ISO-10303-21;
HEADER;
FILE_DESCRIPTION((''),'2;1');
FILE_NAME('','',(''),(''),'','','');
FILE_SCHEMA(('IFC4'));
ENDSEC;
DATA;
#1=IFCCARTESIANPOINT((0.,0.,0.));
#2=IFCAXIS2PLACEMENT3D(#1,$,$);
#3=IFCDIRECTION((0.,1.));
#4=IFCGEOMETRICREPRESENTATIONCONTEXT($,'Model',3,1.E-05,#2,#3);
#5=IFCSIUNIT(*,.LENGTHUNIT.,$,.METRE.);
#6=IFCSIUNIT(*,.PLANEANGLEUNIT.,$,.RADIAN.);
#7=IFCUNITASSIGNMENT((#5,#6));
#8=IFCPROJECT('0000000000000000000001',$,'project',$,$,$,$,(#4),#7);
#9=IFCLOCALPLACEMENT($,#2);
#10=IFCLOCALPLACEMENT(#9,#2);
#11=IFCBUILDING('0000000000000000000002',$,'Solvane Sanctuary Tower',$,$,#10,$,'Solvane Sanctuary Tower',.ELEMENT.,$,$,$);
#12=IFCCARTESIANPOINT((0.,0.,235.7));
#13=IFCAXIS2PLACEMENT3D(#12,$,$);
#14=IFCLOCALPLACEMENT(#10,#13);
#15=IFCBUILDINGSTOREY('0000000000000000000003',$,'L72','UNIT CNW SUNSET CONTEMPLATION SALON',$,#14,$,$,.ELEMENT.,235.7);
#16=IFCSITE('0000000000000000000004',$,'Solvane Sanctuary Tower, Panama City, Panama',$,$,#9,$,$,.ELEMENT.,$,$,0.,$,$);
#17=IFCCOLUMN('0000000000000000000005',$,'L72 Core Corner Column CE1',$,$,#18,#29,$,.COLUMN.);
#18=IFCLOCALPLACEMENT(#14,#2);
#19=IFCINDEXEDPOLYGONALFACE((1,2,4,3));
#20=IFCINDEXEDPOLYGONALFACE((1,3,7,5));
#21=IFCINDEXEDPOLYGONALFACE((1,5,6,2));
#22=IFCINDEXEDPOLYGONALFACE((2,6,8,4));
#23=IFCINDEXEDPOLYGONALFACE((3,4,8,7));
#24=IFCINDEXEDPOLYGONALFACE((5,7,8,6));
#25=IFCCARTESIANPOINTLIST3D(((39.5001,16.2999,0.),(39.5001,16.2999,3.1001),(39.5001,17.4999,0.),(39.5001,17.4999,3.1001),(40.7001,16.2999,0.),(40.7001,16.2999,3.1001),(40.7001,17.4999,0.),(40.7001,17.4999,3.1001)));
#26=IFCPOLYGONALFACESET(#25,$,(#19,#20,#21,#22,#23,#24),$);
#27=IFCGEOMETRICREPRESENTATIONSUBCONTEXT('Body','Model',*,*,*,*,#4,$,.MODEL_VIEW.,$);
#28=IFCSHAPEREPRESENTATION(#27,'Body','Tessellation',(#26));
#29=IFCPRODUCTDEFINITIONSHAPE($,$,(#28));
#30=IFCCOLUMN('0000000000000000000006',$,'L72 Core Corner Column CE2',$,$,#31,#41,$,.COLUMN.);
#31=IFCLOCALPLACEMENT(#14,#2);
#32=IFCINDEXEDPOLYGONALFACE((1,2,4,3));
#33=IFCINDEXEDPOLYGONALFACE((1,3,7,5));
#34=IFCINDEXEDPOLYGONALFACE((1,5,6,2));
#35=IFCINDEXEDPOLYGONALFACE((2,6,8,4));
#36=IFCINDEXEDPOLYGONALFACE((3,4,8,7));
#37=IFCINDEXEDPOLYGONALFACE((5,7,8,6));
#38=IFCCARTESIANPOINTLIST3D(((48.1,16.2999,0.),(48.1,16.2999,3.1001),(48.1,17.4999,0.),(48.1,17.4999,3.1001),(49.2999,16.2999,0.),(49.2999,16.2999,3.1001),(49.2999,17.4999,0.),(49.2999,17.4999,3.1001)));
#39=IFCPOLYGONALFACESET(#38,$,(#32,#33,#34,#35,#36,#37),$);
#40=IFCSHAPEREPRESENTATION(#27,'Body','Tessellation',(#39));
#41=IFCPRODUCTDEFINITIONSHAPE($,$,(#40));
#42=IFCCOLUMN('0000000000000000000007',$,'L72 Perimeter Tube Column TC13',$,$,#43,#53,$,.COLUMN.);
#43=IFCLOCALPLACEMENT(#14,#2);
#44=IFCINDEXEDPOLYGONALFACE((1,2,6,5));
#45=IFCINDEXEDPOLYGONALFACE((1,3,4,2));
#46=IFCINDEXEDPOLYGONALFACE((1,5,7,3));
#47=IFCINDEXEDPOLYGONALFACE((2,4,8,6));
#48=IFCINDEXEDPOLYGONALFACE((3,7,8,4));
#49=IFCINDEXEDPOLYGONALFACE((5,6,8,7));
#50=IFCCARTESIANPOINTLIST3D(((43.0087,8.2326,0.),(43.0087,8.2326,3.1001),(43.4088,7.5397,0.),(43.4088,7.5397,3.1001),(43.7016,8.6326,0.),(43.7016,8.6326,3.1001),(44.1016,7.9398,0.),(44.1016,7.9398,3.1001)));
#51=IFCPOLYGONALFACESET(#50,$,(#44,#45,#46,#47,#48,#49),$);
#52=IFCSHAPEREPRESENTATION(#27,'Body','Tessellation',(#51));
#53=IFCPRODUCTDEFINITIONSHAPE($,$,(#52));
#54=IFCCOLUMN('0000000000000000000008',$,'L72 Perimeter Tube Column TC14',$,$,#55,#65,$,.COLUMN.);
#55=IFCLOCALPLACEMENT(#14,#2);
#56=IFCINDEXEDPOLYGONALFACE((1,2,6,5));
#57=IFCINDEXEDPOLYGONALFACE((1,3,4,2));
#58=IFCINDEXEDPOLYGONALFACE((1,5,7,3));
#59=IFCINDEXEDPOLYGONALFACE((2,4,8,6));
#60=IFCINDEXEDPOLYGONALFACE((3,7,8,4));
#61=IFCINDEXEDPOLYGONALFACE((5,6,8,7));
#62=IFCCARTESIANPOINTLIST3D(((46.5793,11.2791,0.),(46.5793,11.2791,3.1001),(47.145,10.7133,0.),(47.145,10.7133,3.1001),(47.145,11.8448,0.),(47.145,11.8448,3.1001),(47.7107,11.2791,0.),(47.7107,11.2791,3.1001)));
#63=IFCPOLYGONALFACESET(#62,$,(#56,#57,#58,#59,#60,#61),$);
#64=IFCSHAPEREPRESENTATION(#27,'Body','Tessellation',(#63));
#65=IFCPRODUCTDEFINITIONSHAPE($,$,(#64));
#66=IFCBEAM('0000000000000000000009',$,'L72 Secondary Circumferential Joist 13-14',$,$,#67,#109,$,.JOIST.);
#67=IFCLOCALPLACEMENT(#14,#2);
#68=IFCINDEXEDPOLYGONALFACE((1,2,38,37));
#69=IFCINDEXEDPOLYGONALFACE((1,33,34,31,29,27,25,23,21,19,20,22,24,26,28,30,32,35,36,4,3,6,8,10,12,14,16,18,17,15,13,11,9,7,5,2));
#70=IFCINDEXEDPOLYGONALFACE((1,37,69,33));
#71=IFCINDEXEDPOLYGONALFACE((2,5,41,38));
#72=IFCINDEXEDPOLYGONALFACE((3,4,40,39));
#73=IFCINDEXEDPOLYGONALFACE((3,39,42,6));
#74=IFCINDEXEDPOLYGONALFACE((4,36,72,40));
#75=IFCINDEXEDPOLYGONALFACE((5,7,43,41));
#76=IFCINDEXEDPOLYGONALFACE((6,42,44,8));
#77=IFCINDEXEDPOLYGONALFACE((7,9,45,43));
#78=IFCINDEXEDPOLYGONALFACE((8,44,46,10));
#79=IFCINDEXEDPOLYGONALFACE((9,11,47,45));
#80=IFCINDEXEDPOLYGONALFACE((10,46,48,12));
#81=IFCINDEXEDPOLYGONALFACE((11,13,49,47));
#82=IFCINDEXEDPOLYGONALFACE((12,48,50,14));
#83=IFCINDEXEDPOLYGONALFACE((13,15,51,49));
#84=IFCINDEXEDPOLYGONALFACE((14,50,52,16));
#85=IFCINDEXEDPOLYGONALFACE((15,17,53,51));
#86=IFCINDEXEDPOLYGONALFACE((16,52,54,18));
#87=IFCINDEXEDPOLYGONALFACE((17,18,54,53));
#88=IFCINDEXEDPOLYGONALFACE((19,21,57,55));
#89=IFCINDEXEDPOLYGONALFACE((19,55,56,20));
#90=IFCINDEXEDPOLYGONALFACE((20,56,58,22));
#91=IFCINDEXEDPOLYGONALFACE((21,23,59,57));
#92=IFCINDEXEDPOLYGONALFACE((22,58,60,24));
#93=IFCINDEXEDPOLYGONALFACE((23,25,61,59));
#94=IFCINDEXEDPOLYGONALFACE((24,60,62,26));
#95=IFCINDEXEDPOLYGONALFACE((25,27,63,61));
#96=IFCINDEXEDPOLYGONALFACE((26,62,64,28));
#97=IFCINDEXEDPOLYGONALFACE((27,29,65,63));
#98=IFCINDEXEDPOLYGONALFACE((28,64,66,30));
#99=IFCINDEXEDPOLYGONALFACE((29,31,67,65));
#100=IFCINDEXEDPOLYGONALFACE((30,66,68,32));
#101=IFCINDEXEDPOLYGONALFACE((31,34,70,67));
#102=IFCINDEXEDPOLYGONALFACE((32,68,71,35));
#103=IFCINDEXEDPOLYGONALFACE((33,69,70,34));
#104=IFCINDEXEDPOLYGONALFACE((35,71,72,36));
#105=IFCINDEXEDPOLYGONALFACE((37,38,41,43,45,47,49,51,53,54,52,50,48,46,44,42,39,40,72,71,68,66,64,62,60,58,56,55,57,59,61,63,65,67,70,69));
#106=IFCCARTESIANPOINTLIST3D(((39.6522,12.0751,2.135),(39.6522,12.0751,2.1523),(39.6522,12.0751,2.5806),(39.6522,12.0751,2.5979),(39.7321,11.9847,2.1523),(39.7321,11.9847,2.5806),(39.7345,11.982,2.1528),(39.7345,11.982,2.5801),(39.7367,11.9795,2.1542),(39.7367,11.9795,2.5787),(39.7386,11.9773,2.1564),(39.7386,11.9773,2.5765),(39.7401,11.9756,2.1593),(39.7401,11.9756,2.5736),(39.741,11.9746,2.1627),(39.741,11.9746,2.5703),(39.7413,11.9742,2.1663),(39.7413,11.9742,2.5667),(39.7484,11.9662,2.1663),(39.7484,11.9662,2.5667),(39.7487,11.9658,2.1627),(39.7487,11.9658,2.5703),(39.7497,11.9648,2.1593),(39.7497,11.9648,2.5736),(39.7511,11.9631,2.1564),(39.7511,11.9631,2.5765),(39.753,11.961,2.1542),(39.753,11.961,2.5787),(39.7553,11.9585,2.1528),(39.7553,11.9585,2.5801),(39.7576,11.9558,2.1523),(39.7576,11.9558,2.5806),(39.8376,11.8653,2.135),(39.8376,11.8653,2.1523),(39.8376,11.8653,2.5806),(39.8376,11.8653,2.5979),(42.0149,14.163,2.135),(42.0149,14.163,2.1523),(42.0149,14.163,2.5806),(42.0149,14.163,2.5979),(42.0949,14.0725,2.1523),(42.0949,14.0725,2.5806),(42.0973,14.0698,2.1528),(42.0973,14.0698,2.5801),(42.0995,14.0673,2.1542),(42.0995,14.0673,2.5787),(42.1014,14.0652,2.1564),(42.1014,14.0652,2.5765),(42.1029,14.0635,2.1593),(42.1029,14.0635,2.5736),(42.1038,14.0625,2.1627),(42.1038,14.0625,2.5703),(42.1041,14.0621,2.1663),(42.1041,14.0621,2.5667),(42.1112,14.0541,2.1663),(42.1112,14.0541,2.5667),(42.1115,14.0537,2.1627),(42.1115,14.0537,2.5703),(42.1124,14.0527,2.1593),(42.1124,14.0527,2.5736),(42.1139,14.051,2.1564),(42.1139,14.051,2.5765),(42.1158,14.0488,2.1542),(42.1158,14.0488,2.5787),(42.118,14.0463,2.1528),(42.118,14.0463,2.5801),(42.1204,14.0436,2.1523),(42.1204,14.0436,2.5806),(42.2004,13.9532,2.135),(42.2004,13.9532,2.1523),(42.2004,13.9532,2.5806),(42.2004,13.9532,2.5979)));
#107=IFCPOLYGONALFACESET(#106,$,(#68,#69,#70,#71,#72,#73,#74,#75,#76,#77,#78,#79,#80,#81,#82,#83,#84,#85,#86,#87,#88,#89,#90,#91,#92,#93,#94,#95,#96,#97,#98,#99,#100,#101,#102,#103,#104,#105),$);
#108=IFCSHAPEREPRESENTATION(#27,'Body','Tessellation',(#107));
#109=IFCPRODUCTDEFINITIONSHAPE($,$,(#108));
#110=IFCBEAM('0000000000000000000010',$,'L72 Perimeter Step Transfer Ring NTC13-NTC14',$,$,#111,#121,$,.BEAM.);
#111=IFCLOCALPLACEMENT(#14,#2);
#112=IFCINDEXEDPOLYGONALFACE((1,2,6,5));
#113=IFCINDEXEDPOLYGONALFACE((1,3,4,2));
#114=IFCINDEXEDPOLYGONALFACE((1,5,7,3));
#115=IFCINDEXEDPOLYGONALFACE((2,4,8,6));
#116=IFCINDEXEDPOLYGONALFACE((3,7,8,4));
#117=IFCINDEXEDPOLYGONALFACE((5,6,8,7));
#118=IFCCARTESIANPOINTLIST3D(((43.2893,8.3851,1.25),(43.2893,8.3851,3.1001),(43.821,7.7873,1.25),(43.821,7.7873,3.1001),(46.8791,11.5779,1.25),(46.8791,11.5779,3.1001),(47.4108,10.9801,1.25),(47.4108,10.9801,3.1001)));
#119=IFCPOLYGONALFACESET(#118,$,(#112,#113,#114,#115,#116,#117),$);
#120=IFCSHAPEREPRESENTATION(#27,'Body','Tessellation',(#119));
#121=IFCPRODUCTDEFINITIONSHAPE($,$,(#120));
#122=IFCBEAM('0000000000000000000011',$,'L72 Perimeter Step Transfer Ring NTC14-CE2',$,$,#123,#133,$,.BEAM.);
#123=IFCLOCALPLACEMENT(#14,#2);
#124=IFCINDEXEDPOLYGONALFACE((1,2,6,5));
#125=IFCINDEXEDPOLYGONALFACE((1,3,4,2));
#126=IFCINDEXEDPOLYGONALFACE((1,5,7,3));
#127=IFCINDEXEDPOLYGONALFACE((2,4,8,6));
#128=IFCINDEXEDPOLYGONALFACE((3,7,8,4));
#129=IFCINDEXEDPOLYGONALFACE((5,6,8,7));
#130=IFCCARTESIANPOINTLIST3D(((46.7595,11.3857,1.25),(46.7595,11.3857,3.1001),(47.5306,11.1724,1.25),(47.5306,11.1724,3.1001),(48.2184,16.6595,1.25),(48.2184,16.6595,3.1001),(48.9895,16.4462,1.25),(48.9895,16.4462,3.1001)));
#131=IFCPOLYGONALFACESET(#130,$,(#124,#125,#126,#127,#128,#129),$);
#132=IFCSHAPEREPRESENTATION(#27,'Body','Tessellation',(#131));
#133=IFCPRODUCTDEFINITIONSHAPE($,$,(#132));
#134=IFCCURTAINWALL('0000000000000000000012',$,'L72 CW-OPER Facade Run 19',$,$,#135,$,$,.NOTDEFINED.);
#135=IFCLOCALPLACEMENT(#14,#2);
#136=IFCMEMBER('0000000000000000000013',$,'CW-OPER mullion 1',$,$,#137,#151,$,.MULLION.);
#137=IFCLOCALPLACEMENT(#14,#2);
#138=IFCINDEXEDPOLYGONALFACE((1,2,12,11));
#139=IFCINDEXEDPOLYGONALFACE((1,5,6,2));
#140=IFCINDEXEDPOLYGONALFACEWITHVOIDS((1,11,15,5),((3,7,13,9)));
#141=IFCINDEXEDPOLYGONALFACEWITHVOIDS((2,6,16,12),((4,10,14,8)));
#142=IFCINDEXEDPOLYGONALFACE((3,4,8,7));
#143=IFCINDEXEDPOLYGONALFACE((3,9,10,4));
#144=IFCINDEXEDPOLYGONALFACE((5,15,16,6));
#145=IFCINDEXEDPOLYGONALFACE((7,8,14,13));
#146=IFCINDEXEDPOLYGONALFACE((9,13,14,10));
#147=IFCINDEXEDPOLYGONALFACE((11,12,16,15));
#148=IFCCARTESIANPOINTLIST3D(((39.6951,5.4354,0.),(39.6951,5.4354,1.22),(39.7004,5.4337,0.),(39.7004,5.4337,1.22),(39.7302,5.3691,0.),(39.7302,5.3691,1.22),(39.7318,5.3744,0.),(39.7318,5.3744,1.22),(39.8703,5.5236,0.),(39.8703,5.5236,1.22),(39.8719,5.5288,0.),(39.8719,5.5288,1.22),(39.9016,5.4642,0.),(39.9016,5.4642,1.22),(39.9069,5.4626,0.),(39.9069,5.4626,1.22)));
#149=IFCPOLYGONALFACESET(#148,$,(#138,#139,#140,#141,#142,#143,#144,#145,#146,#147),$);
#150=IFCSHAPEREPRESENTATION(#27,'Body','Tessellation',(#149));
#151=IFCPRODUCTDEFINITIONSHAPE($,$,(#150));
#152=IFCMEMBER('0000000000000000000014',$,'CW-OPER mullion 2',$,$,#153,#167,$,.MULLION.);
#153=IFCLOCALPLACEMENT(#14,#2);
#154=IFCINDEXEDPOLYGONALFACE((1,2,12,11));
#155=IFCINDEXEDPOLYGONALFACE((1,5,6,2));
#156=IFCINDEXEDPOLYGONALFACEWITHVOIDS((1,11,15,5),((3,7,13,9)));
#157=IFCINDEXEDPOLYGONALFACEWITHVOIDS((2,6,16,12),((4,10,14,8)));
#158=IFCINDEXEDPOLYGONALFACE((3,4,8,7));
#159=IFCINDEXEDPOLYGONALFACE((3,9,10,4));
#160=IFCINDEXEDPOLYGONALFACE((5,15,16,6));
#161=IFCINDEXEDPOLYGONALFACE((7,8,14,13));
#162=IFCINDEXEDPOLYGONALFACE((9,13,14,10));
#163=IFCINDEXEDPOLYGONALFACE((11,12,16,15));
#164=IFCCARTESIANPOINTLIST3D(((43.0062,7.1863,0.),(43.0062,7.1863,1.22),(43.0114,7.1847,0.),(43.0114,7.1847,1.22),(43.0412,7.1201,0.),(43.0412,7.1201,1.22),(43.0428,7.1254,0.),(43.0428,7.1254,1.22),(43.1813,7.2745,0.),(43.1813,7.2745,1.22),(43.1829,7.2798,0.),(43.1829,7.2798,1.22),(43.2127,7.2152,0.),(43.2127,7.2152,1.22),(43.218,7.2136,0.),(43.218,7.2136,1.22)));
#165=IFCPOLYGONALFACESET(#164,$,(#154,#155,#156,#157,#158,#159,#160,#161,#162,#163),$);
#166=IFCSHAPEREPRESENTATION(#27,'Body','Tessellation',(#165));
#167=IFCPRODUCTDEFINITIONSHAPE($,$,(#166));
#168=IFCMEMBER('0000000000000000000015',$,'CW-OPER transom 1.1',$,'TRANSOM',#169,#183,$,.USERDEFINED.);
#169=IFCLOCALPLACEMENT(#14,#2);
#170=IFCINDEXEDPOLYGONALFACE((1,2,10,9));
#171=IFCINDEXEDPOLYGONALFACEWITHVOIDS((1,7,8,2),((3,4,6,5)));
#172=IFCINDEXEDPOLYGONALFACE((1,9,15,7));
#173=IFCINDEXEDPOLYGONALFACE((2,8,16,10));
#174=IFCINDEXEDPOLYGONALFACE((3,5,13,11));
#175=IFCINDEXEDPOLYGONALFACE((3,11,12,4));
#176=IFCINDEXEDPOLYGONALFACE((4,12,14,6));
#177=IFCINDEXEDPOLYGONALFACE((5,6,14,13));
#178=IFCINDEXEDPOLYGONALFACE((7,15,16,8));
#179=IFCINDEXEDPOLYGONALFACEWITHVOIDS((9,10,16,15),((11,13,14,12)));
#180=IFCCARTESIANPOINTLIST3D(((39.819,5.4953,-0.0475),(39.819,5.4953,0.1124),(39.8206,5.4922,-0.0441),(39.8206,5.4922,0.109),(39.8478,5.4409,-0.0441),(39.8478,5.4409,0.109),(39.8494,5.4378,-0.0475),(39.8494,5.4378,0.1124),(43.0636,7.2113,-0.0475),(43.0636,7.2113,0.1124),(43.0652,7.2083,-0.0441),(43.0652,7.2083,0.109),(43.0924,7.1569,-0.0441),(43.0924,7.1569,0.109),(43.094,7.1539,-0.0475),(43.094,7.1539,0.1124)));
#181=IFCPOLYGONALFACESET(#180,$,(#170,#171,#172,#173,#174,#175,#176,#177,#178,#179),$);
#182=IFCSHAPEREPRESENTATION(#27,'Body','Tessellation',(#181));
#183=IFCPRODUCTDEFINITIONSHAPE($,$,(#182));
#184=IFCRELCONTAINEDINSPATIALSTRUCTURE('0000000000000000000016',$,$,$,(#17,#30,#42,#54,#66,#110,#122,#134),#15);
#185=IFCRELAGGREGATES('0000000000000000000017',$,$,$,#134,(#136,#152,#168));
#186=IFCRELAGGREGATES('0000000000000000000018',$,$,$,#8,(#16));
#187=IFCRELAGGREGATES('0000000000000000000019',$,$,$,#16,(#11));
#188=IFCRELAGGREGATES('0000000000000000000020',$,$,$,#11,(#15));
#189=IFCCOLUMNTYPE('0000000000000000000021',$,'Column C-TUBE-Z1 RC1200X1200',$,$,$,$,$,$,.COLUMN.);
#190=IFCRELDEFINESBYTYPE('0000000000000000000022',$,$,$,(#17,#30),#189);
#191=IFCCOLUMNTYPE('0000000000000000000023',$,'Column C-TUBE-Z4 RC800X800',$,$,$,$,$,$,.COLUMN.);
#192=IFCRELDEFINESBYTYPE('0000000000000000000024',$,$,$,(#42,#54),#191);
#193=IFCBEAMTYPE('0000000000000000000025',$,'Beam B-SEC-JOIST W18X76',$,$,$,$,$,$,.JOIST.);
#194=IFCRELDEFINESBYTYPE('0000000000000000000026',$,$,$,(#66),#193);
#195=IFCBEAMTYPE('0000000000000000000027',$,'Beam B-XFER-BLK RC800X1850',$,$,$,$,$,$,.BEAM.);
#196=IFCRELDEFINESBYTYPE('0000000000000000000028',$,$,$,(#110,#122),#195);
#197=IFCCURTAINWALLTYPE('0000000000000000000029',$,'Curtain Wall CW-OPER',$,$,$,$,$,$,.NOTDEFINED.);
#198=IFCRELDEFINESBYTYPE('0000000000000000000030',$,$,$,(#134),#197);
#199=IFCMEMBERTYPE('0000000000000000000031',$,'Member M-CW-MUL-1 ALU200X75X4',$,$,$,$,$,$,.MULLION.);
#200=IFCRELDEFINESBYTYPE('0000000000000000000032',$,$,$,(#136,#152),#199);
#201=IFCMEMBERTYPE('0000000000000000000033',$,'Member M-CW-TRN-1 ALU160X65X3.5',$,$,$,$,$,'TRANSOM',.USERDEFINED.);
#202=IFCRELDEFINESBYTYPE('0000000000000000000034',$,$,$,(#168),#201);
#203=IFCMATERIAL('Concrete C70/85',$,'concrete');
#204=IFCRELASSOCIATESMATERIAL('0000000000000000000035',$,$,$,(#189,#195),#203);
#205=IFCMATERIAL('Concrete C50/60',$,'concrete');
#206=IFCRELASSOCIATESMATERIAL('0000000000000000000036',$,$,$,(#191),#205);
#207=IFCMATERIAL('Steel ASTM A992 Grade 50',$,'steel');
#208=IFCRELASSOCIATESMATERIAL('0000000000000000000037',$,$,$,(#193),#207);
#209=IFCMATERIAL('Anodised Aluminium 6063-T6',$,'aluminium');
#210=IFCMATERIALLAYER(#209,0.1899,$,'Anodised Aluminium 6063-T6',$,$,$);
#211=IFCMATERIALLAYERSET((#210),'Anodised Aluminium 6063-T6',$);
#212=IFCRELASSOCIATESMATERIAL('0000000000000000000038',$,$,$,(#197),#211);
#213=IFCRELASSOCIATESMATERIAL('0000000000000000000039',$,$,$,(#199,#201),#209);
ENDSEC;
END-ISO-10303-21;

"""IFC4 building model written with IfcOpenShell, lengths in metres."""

from ifc_helpers import new_model, si_unit, direction, frame, origin, origin_2d, place, context, subcontext, project, spatial, rectangle, hollow_rectangle, i_section, extrude, material, layer, layer_set, material_profile, profile_set, type_object, element, aggregate, save


model = new_model("IFC4")

# Units and contexts
model_context = context("Model", 3, precision=1e-05, world=origin(), true_north=direction((0.0, 1.0)))
body_context = subcontext(model_context, "Body", "Model", "MODEL_VIEW")
ifc_project = project(units=[si_unit("LENGTHUNIT", "METRE"), si_unit("PLANEANGLEUNIT", "RADIAN")], contexts=[model_context])

# Site, building, storey
site_placement = place(None, origin())
site = spatial("IfcSite", under=ifc_project, at=site_placement, Name="Solvane Sanctuary Tower, Panama City, Panama", CompositionType="ELEMENT", RefElevation=0.0)
building_placement = place(site_placement, origin())
building = spatial("IfcBuilding", under=site, at=building_placement, Name="Solvane Sanctuary Tower", LongName="Solvane Sanctuary Tower", CompositionType="ELEMENT")
storey_placement = place(building_placement, frame((0.0, 0.0, 235.7)))
storey = spatial("IfcBuildingStorey", under=building, at=storey_placement, Name="L72", Description="UNIT CNW SUNSET CONTEMPLATION SALON", CompositionType="ELEMENT", Elevation=235.7)

# Columns
ifc_material_1 = material(Name="Concrete C70/85", Category="concrete")
ifc_material_profile_1 = material_profile(ifc_material_1, rectangle(XDim=1.2, YDim=1.2, at=origin_2d()), Name="RC1200X1200")
ifc_profile_set_1 = profile_set([ifc_material_profile_1], Name="Concrete C70/85")
column_type_1 = type_object("IfcColumnType", Name="Column C-TUBE-Z1 RC1200X1200", PredefinedType="COLUMN", material=ifc_profile_set_1)
for number, where, z_axis, x_axis, name in (
    (1, (40.1001, 16.8999, 0.0), (0.0, 0.0, 1.0), (1.0, 0.0, 0.0), "L72 Core Corner Column CE1"),
    (2, (48.7, 16.8999, 0.0), (0.0, 0.0, 1.0), (1.0, 0.0, 0.0), "L72 Core Corner Column CE2"),
):
    element("IfcColumn", number, at=place(storey_placement, frame(where, z_axis=z_axis, x_axis=x_axis)), inside=storey, type_object=column_type_1, Name=name, PredefinedType="COLUMN", context=body_context, shape_type="SweptSolid", body=[
        extrude(rectangle(XDim=1.2, YDim=1.2, at=origin_2d()), origin(), (0.0, 0.0, 1.0), 3.1001),
    ])
ifc_material_2 = material(Name="Concrete C50/60", Category="concrete")
ifc_material_profile_2 = material_profile(ifc_material_2, rectangle(XDim=0.8, YDim=0.8, at=origin_2d()), Name="RC800X800")
ifc_profile_set_2 = profile_set([ifc_material_profile_2], Name="Concrete C50/60")
column_type_2 = type_object("IfcColumnType", Name="Column C-TUBE-Z4 RC800X800", PredefinedType="COLUMN", material=ifc_profile_set_2)
for number, where, z_axis, x_axis, name in (
    (3, (43.5552, 8.0862, 0.0), (0.0, 0.0, 1.0), (0.5, -0.866025, 0.0), "L72 Perimeter Tube Column TC13"),
    (4, (47.145, 11.2791, 0.0), (0.0, 0.0, 1.0), (0.707107, -0.707107, 0.0), "L72 Perimeter Tube Column TC14"),
):
    element("IfcColumn", number, at=place(storey_placement, frame(where, z_axis=z_axis, x_axis=x_axis)), inside=storey, type_object=column_type_2, Name=name, PredefinedType="COLUMN", context=body_context, shape_type="SweptSolid", body=[
        extrude(rectangle(XDim=0.8, YDim=0.8, at=origin_2d()), origin(), (0.0, 0.0, 1.0), 3.1001),
    ])

# Beams
ifc_material_3 = material(Name="Steel ASTM A992 Grade 50", Category="steel")
ifc_material_profile_3 = material_profile(ifc_material_3, i_section(OverallWidth=0.28, OverallDepth=0.4629, WebThickness=0.0107, FlangeThickness=0.0173, FilletRadius=0.0139, at=origin_2d()), Name="W18X76")
ifc_profile_set_3 = profile_set([ifc_material_profile_3], Name="Steel ASTM A992 Grade 50")
beam_type_1 = type_object("IfcBeamType", Name="Beam B-SEC-JOIST W18X76", PredefinedType="JOIST", material=ifc_profile_set_3)
beam_1_placement = place(storey_placement, frame((39.7449, 11.9702, 2.3665), z_axis=(0.749354, 0.662169, 0.0), x_axis=(-0.662169, 0.749354, 0.0)))
element("IfcBeam", 5, at=beam_1_placement, inside=storey, type_object=beam_type_1, Name="L72 Secondary Circumferential Joist 13-14", PredefinedType="JOIST", context=body_context, shape_type="SweptSolid", body=[
    extrude(i_section(OverallWidth=0.28, OverallDepth=0.4629, WebThickness=0.0107, FlangeThickness=0.0173, FilletRadius=0.0139, at=origin_2d()), origin(), (0.0, 0.0, 1.0), 3.1531),
])
ifc_material_profile_4 = material_profile(ifc_material_1, rectangle(XDim=0.8, YDim=1.8501, at=origin_2d()), Name="RC800X1850")
ifc_profile_set_4 = profile_set([ifc_material_profile_4], Name="Concrete C70/85")
beam_type_2 = type_object("IfcBeamType", Name="Beam B-XFER-BLK RC800X1850", PredefinedType="BEAM", material=ifc_profile_set_4)
beam_2_placement = place(storey_placement, frame((43.5552, 8.0862, 2.175), z_axis=(0.747213, 0.664585, 0.0), x_axis=(-0.664585, 0.747213, 0.0)))
element("IfcBeam", 6, at=beam_2_placement, inside=storey, type_object=beam_type_2, Name="L72 Perimeter Step Transfer Ring NTC13-NTC14", PredefinedType="BEAM", context=body_context, shape_type="SweptSolid", body=[
    extrude(rectangle(XDim=0.8, YDim=1.8501, at=origin_2d()), origin(), (0.0, 0.0, 1.0), 4.8042),
])
beam_3_placement = place(storey_placement, frame((47.145, 11.2791, 2.175), z_axis=(0.266627, 0.9638, 0.0), x_axis=(-0.9638, 0.266627, 0.0)))
element("IfcBeam", 7, at=beam_3_placement, inside=storey, type_object=beam_type_2, Name="L72 Perimeter Step Transfer Ring NTC14-CE2", PredefinedType="BEAM", context=body_context, shape_type="SweptSolid", body=[
    extrude(rectangle(XDim=0.8, YDim=1.8501, at=origin_2d()), origin(), (0.0, 0.0, 1.0), 5.4719),
])

# Curtain wall, members
ifc_material_4 = material(Name="Anodised Aluminium 6063-T6", Category="aluminium")
ifc_layer_1 = layer(ifc_material_4, 0.1899, Name="Anodised Aluminium 6063-T6")
ifc_layer_set_1 = layer_set([ifc_layer_1], Name="Anodised Aluminium 6063-T6")
curtain_wall_type = type_object("IfcCurtainWallType", Name="Curtain Wall CW-OPER", PredefinedType="NOTDEFINED", material=ifc_layer_set_1)
curtain_wall_placement = place(storey_placement, origin())
curtain_wall = element("IfcCurtainWall", 8, at=curtain_wall_placement, inside=storey, type_object=curtain_wall_type, Name="L72 CW-OPER Facade Run 19", PredefinedType="NOTDEFINED")
ifc_material_profile_5 = material_profile(ifc_material_4, hollow_rectangle(XDim=0.075, YDim=0.2, WallThickness=0.0039, at=origin_2d()), Name="ALU200X75X4")
ifc_profile_set_5 = profile_set([ifc_material_profile_5], Name="Anodised Aluminium 6063-T6")
member_type_1 = type_object("IfcMemberType", Name="Member M-CW-MUL-1 ALU200X75X4", PredefinedType="MULLION", material=ifc_profile_set_5)
member_1_placement = place(storey_placement, frame((39.801, 5.449, 0.0), z_axis=(0.0, 0.0, 1.0), x_axis=(-0.467523, 0.883981, 0.0)))
member_1 = element("IfcMember", 9, at=member_1_placement, type_object=member_type_1, Name="CW-OPER mullion 1", PredefinedType="MULLION", context=body_context, shape_type="SweptSolid", body=[
    extrude(hollow_rectangle(XDim=0.075, YDim=0.2, WallThickness=0.0039, at=origin_2d()), origin(), (0.0, 0.0, 1.0), 1.22),
])
member_2_placement = place(storey_placement, frame((43.1121, 7.2, 0.0), z_axis=(0.0, 0.0, 1.0), x_axis=(-0.467523, 0.883981, 0.0)))
member_2 = element("IfcMember", 10, at=member_2_placement, type_object=member_type_1, Name="CW-OPER mullion 2", PredefinedType="MULLION", context=body_context, shape_type="SweptSolid", body=[
    extrude(hollow_rectangle(XDim=0.075, YDim=0.2, WallThickness=0.0039, at=origin_2d()), origin(), (0.0, 0.0, 1.0), 1.22),
])
ifc_material_profile_6 = material_profile(ifc_material_4, hollow_rectangle(XDim=0.0649, YDim=0.1599, WallThickness=0.0034, at=origin_2d()), Name="ALU160X65X3.5")
ifc_profile_set_6 = profile_set([ifc_material_profile_6], Name="Anodised Aluminium 6063-T6")
member_type_2 = type_object("IfcMemberType", Name="Member M-CW-TRN-1 ALU160X65X3.5", ElementType="TRANSOM", PredefinedType="USERDEFINED", material=ifc_profile_set_6)
member_3_placement = place(storey_placement, frame((39.8342, 5.4666, 0.0325), z_axis=(0.883977, 0.46753, 0.0), x_axis=(-0.46753, 0.883977, 0.0)))
member_3 = element("IfcMember", 11, at=member_3_placement, type_object=member_type_2, Name="CW-OPER transom 1.1", ObjectType="TRANSOM", PredefinedType="USERDEFINED", context=body_context, shape_type="SweptSolid", body=[
    extrude(hollow_rectangle(XDim=0.0649, YDim=0.1599, WallThickness=0.0034, at=origin_2d()), origin(), (0.0, 0.0, 1.0), 3.6704),
])
aggregate(curtain_wall, [member_1, member_2, member_3])

save(model, "model.ifc")
